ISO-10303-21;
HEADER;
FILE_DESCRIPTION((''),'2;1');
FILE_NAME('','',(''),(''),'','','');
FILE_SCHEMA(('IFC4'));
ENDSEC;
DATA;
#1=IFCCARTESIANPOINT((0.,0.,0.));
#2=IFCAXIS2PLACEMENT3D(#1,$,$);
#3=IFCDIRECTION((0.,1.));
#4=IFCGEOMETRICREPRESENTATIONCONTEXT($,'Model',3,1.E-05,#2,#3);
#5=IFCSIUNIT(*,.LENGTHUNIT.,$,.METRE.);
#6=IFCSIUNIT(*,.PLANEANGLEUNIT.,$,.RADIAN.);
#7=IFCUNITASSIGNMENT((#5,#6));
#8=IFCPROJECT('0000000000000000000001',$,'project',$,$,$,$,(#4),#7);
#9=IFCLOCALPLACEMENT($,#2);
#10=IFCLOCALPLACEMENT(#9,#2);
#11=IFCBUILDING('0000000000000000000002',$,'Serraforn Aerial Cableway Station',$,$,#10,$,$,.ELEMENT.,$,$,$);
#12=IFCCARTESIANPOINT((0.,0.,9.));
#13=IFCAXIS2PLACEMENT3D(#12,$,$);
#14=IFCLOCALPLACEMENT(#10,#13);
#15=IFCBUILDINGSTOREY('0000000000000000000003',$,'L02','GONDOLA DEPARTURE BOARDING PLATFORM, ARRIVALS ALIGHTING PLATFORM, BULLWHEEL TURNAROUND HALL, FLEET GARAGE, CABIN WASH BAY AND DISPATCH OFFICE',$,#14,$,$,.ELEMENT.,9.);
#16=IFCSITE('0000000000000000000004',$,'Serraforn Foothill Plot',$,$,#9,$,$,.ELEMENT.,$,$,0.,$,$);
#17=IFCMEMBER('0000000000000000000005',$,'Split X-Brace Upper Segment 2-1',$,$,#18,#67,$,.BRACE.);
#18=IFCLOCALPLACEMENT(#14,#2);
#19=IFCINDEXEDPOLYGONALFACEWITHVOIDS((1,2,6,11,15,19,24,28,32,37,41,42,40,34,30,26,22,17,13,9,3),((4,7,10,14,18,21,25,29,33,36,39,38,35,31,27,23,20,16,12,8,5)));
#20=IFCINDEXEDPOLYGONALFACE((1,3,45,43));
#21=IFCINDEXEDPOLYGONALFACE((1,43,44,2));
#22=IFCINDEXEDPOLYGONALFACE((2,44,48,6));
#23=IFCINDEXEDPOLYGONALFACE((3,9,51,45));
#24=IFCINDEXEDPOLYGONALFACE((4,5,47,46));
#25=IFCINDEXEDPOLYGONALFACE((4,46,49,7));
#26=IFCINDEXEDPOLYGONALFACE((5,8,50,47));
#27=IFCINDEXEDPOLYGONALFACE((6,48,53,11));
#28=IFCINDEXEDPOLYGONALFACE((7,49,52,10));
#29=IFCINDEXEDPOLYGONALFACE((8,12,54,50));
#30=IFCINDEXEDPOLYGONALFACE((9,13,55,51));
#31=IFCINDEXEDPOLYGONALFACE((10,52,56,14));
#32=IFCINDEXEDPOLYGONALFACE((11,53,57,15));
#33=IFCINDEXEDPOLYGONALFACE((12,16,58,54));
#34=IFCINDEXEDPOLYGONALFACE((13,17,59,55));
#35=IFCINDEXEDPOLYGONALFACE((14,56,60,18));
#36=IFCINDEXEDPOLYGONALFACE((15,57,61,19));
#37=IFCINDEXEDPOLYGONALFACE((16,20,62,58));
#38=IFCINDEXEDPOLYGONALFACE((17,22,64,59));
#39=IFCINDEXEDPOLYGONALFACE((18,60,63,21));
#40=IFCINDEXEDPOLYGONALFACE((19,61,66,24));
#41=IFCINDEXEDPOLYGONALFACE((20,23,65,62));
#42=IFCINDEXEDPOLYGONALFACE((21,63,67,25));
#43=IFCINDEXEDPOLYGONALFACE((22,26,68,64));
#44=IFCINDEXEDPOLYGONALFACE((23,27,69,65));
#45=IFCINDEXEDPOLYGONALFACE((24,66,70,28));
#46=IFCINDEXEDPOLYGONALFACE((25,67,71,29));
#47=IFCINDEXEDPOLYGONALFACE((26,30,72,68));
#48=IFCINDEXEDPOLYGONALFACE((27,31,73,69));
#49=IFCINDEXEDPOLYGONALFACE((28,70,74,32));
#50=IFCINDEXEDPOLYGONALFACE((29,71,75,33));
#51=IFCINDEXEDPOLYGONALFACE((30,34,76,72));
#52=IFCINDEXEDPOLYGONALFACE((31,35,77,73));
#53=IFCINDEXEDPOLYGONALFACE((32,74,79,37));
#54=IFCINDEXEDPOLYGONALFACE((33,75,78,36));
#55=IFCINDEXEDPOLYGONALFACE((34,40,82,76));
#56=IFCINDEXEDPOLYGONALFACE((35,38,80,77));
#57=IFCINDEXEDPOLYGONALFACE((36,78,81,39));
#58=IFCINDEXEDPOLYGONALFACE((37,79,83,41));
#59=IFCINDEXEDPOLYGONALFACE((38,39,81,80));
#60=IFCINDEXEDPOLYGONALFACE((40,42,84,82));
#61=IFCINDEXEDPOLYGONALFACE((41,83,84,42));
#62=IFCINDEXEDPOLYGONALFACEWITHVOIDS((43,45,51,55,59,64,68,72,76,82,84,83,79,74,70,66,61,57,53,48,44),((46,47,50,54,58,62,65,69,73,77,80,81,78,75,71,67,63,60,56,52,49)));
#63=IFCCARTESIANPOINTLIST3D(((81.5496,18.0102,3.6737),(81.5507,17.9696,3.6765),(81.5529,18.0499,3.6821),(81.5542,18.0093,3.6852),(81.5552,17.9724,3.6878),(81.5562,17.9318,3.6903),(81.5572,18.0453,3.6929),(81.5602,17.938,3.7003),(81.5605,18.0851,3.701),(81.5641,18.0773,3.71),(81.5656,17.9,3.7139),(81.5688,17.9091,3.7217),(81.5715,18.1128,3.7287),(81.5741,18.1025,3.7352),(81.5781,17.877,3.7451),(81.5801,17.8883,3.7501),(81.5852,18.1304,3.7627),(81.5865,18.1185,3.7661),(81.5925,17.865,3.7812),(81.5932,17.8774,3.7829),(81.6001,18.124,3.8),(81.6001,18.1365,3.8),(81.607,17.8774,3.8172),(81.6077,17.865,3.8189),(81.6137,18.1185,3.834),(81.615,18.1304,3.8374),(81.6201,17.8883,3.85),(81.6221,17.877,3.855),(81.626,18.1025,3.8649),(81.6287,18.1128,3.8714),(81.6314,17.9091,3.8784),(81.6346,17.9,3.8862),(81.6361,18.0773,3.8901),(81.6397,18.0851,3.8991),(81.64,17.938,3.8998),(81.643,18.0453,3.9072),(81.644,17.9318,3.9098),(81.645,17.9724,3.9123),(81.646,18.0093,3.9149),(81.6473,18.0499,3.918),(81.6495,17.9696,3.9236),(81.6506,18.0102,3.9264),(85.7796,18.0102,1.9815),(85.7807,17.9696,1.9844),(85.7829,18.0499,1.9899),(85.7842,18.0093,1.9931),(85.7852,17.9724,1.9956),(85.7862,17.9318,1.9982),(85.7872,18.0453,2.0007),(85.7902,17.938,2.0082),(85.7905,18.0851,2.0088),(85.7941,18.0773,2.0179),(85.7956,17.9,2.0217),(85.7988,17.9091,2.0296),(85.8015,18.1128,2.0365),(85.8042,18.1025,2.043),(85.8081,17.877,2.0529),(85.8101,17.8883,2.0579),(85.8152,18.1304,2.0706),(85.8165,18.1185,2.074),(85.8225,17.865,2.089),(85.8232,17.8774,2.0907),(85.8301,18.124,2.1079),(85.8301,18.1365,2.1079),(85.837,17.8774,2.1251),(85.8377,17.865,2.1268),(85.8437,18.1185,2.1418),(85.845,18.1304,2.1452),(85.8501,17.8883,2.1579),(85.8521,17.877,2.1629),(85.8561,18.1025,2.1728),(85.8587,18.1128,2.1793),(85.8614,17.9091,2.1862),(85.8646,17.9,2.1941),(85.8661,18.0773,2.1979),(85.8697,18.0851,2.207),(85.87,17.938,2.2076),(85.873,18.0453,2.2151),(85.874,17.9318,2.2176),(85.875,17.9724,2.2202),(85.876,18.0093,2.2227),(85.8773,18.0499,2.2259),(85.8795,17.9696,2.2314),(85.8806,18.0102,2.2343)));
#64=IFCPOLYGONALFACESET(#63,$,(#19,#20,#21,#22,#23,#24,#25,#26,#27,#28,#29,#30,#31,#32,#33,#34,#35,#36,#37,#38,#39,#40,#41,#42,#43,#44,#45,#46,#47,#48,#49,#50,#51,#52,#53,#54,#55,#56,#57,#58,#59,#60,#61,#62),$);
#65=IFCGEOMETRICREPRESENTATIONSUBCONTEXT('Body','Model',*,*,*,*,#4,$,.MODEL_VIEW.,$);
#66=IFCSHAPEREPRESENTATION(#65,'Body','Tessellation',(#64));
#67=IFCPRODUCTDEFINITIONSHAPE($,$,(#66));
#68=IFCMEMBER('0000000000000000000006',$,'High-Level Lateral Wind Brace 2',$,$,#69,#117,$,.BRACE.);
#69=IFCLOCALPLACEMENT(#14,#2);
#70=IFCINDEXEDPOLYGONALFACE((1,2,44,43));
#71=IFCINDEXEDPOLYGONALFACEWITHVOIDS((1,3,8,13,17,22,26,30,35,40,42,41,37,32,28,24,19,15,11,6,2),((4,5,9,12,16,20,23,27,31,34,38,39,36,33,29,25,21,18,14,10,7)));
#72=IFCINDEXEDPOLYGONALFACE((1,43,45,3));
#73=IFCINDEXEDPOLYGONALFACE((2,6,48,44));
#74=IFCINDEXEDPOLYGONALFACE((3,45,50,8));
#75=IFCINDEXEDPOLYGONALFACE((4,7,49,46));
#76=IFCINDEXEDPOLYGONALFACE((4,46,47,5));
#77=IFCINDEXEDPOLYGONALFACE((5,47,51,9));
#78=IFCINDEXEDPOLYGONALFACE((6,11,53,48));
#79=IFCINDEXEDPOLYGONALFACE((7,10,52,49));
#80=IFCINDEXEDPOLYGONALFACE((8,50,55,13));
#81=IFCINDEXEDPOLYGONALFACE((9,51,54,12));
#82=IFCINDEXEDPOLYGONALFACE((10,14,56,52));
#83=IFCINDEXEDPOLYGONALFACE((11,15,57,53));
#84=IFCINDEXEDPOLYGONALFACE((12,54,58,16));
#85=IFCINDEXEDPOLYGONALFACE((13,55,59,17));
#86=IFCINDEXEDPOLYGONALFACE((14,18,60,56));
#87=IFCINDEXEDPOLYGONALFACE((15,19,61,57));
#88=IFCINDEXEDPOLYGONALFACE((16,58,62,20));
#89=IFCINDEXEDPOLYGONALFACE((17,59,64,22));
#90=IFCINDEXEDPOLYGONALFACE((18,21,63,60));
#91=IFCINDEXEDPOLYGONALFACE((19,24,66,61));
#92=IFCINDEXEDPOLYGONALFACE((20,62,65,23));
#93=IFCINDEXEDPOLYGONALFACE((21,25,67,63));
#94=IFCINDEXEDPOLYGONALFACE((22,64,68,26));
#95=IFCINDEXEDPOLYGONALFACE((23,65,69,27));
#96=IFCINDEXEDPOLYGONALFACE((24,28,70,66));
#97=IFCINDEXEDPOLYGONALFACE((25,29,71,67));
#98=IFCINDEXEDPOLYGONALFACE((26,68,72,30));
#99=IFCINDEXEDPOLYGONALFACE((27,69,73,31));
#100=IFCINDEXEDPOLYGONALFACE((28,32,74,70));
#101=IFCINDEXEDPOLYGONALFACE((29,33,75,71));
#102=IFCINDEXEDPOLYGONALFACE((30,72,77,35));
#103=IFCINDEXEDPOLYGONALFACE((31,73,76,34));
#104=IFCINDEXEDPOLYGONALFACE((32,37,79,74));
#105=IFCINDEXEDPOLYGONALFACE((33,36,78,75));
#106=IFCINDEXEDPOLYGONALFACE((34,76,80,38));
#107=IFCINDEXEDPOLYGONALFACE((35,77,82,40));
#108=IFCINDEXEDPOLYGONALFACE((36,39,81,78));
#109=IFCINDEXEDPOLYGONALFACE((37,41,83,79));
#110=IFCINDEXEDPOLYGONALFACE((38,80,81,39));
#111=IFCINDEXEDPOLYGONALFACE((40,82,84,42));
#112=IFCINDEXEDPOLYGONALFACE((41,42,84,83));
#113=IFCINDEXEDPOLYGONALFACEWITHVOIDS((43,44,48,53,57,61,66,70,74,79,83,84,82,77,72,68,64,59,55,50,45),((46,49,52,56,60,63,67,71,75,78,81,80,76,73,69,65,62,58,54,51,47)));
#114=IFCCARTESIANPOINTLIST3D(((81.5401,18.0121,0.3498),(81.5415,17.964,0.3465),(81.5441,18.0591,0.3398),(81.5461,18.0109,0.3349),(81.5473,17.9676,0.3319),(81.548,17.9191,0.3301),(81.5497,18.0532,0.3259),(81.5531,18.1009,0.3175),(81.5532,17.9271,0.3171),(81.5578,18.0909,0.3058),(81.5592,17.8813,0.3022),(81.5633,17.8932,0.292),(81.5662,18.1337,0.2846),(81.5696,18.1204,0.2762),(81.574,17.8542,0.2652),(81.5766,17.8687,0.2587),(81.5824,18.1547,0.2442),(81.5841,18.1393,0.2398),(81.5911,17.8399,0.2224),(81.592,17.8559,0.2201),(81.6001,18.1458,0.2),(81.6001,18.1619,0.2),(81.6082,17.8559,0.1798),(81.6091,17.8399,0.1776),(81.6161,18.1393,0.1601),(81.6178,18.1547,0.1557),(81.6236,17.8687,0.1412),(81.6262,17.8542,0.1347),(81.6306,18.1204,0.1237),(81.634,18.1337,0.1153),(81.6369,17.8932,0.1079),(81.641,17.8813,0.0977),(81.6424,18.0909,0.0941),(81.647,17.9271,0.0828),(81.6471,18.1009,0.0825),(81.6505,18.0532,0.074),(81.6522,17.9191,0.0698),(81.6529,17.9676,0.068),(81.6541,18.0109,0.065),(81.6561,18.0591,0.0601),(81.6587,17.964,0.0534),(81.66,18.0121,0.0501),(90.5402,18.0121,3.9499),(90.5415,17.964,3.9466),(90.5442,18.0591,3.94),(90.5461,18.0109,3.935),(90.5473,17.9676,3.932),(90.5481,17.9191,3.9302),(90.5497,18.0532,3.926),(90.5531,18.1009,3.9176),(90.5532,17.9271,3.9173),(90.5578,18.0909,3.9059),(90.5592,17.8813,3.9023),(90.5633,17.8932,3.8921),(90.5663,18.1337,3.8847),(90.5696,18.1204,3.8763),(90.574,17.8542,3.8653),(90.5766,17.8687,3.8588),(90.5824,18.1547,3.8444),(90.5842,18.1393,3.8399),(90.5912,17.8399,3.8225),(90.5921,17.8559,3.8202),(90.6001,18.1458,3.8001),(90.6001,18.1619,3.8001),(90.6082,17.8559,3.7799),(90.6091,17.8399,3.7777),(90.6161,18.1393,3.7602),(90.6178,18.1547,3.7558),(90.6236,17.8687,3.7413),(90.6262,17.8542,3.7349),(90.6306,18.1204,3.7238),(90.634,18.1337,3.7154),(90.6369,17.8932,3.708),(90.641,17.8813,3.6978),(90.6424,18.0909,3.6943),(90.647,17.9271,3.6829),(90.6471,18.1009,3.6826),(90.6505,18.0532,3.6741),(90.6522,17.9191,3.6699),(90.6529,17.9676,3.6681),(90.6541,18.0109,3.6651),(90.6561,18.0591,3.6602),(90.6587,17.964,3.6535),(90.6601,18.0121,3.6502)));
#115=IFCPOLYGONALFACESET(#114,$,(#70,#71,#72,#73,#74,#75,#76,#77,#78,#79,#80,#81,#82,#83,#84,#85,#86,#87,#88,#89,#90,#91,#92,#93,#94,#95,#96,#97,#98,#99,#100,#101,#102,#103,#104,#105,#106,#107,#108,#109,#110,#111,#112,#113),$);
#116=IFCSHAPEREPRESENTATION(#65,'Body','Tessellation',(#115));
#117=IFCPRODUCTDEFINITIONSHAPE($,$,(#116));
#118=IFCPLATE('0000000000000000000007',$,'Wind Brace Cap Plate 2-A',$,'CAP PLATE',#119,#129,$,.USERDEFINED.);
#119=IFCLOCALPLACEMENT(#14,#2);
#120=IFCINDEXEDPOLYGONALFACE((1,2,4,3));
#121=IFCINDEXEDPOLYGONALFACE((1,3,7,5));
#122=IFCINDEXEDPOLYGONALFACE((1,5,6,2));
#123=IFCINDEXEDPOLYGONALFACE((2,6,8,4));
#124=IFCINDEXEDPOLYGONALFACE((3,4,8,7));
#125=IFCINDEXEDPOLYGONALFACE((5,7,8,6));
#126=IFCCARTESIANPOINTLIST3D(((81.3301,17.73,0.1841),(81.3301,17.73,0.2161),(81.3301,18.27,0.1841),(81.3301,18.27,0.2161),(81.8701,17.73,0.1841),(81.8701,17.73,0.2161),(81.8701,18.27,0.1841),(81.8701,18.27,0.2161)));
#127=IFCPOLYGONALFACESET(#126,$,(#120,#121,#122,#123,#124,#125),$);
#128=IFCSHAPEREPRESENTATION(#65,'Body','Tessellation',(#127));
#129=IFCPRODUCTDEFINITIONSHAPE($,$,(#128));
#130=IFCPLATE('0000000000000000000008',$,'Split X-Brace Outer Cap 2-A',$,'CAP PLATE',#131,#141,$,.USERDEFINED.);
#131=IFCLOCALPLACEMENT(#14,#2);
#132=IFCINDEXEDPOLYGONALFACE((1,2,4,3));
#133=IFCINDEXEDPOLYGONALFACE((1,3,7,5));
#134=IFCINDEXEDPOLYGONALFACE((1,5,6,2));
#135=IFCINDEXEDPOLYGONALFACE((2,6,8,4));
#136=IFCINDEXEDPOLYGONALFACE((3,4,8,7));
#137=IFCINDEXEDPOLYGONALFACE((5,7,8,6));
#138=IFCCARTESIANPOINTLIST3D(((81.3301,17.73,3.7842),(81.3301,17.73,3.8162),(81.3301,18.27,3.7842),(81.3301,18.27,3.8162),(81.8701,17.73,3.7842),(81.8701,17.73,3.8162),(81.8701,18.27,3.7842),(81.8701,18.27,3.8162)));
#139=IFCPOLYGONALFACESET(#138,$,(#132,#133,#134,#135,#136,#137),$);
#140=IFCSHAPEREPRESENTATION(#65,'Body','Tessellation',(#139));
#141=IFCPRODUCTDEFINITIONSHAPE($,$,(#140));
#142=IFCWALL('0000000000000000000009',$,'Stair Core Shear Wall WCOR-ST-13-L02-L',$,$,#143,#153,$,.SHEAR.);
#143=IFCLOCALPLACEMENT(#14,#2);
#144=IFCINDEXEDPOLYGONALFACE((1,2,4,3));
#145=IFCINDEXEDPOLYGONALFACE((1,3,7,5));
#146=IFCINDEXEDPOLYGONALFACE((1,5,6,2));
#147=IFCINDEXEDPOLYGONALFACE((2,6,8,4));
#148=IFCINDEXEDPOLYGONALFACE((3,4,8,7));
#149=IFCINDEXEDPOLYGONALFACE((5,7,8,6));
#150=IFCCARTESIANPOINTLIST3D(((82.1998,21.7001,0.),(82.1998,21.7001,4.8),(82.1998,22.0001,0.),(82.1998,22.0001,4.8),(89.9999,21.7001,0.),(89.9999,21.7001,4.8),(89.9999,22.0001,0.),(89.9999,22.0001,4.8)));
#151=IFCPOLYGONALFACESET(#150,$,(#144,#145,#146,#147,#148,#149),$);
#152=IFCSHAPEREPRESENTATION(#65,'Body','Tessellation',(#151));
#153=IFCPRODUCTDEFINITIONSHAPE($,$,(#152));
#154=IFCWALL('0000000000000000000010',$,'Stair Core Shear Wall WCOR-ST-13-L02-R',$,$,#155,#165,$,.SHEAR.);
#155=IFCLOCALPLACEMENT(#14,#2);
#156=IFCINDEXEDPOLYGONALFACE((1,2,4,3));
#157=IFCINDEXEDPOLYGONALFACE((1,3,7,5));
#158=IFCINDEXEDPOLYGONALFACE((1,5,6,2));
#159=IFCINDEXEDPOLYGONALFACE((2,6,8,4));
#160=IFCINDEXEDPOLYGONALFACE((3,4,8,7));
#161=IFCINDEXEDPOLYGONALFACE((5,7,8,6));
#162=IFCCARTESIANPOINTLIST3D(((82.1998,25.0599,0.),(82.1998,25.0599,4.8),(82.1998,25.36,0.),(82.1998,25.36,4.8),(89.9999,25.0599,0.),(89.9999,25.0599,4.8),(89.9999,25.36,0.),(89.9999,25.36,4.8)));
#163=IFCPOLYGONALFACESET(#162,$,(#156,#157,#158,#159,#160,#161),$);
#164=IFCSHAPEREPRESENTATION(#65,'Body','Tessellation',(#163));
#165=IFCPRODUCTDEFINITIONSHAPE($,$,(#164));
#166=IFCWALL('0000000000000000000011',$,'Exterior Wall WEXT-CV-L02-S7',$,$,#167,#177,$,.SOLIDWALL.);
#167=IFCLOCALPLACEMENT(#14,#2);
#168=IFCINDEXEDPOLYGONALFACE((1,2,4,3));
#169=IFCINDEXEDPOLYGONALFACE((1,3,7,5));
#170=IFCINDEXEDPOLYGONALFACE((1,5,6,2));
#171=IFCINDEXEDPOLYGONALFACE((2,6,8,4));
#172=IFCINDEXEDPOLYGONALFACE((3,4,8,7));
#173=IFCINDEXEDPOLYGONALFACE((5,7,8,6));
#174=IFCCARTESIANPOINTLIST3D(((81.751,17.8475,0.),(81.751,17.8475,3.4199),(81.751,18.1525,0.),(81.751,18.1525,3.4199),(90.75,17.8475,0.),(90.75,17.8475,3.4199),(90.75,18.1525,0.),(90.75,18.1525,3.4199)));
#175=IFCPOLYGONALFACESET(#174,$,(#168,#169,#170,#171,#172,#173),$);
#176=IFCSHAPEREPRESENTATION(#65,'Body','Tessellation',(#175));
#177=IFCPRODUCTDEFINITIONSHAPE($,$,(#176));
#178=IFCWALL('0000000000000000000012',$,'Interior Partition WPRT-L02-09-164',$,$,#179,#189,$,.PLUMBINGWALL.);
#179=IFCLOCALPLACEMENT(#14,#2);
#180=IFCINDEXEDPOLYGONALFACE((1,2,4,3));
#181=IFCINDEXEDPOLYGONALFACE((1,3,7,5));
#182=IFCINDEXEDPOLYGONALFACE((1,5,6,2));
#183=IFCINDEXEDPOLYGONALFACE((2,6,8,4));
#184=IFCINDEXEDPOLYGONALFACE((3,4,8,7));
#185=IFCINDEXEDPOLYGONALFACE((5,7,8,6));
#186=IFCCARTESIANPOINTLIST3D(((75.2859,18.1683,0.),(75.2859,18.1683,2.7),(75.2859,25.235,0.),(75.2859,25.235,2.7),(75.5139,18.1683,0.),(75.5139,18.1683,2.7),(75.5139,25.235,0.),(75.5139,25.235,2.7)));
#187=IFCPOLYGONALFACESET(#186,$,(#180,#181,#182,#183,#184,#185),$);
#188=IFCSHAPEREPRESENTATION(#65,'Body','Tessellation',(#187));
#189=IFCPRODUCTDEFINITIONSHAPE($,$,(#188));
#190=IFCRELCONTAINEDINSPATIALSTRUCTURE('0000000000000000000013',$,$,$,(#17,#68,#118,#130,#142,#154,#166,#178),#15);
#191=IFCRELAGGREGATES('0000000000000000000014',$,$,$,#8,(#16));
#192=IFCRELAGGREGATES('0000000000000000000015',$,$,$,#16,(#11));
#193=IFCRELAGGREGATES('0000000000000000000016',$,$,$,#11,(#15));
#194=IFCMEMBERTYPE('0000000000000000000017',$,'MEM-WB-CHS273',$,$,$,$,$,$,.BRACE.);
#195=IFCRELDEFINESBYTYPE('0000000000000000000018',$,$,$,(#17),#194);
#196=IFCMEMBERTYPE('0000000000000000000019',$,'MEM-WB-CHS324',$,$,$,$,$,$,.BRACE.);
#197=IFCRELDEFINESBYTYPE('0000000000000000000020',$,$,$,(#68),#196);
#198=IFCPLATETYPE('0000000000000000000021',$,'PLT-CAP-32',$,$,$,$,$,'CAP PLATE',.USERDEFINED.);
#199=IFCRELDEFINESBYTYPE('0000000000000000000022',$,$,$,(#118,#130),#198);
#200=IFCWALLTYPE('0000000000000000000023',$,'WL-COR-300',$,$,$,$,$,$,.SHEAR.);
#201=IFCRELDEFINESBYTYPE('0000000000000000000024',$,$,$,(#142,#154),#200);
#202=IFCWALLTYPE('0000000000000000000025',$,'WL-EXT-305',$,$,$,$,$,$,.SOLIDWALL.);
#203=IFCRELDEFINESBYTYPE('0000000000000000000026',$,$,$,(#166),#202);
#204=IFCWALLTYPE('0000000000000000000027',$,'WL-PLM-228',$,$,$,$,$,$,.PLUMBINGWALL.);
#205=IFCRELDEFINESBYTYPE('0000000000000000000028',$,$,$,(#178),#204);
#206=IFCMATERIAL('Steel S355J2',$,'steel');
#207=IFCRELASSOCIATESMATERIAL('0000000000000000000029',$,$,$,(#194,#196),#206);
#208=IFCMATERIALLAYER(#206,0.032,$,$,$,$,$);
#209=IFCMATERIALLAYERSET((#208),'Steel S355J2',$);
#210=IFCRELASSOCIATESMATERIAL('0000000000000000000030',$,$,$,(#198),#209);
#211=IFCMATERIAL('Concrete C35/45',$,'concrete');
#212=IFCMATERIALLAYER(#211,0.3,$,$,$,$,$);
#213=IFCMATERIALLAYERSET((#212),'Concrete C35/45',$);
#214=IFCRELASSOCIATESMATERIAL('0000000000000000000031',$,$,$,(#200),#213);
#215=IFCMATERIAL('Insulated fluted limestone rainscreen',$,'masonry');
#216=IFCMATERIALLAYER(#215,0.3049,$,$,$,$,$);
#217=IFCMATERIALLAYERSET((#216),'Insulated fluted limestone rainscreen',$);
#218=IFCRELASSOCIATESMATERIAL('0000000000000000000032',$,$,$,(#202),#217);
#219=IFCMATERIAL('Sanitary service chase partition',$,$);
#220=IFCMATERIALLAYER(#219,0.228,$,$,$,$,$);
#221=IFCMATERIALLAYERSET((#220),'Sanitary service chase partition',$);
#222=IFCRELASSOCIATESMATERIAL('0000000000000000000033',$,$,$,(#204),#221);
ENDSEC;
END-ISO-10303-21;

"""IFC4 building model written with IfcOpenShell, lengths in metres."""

from ifc_helpers import new_model, si_unit, direction, frame, frame_2d, origin, origin_2d, place, context, subcontext, project, spatial, rectangle, hollow_circle, extrude, material, layer, layer_set, material_profile, profile_set, type_object, element, save


model = new_model("IFC4")

# Units and contexts
model_context = context("Model", 3, precision=1e-05, world=origin(), true_north=direction((0.0, 1.0)))
body_context = subcontext(model_context, "Body", "Model", "MODEL_VIEW")
ifc_project = project(units=[si_unit("LENGTHUNIT", "METRE"), si_unit("PLANEANGLEUNIT", "RADIAN")], contexts=[model_context])

# Site, building, storey
site_placement = place(None, origin())
site = spatial("IfcSite", under=ifc_project, at=site_placement, Name="Serraforn Foothill Plot", CompositionType="ELEMENT", RefElevation=0.0)
building_placement = place(site_placement, origin())
building = spatial("IfcBuilding", under=site, at=building_placement, Name="Serraforn Aerial Cableway Station", CompositionType="ELEMENT")
storey_placement = place(building_placement, frame((0.0, 0.0, 9.0)))
storey = spatial("IfcBuildingStorey", under=building, at=storey_placement, Name="L02", Description="GONDOLA DEPARTURE BOARDING PLATFORM, ARRIVALS ALIGHTING PLATFORM, BULLWHEEL TURNAROUND HALL, FLEET GARAGE, CABIN WASH BAY AND DISPATCH OFFICE", CompositionType="ELEMENT", Elevation=9.0)

# Shared definitions
ifc_material_1 = material(Name="Steel S355J2", Category="steel")

# Shared definitions
ifc_material_2 = material(Name="Concrete C35/45", Category="concrete")

# Members
ifc_material_profile_1 = material_profile(ifc_material_1, hollow_circle(Radius=0.1365, WallThickness=0.0125, at=origin_2d()), Name="CHS 273.0x12.5")
ifc_profile_set_1 = profile_set([ifc_material_profile_1], Name="Steel S355J2")
member_type_1 = type_object("IfcMemberType", Name="MEM-WB-CHS273", PredefinedType="BRACE", material=ifc_profile_set_1)
member_1_placement = place(storey_placement, frame((81.6001, 18.0, 3.8), z_axis=(0.928466, 0.0, -0.371418), x_axis=(0.0, 1.0, 0.0)))
element("IfcMember", 1, at=member_1_placement, inside=storey, type_object=member_type_1, Name="Split X-Brace Upper Segment 2-1", PredefinedType="BRACE", context=body_context, shape_type="SweptSolid", body=[
    extrude(hollow_circle(Radius=0.1365, WallThickness=0.0125, at=origin_2d()), origin(), (0.0, 0.0, 1.0), 4.5559),
])
ifc_material_profile_2 = material_profile(ifc_material_1, hollow_circle(Radius=0.1619, WallThickness=0.0161, at=origin_2d()), Name="CHS 323.9x16.0")
ifc_profile_set_2 = profile_set([ifc_material_profile_2], Name="Steel S355J2")
member_type_2 = type_object("IfcMemberType", Name="MEM-WB-CHS324", PredefinedType="BRACE", material=ifc_profile_set_2)
member_2_placement = place(storey_placement, frame((81.6001, 18.0, 0.2), z_axis=(0.928473, 0.0, 0.371399), x_axis=(0.0, 1.0, 0.0)))
element("IfcMember", 2, at=member_2_placement, inside=storey, type_object=member_type_2, Name="High-Level Lateral Wind Brace 2", PredefinedType="BRACE", context=body_context, shape_type="SweptSolid", body=[
    extrude(hollow_circle(Radius=0.1619, WallThickness=0.0161, at=origin_2d()), origin(), (0.0, 0.0, 1.0), 9.6934),
])

# Plates
ifc_layer_1 = layer(ifc_material_1, 0.032)
ifc_layer_set_1 = layer_set([ifc_layer_1], Name="Steel S355J2")
plate_type = type_object("IfcPlateType", Name="PLT-CAP-32", ElementType="CAP PLATE", PredefinedType="USERDEFINED", material=ifc_layer_set_1)
for number, where, z_axis, x_axis, name in (
    (3, (81.6001, 18.0, 0.1841), (0.0, 0.0, 1.0), (1.0, 0.0, 0.0), "Wind Brace Cap Plate 2-A"),
    (4, (81.6001, 18.0, 3.7842), (0.0, 0.0, 1.0), (1.0, 0.0, 0.0), "Split X-Brace Outer Cap 2-A"),
):
    element("IfcPlate", number, at=place(storey_placement, frame(where, z_axis=z_axis, x_axis=x_axis)), inside=storey, type_object=plate_type, Name=name, ObjectType="CAP PLATE", PredefinedType="USERDEFINED", context=body_context, shape_type="SweptSolid", body=[
        extrude(rectangle(XDim=0.54, YDim=0.54, at=origin_2d()), origin(), (0.0, 0.0, 1.0), 0.032),
    ])

# Walls
ifc_layer_2 = layer(ifc_material_2, 0.3)
ifc_layer_set_2 = layer_set([ifc_layer_2], Name="Concrete C35/45")
wall_type_1 = type_object("IfcWallType", Name="WL-COR-300", PredefinedType="SHEAR", material=ifc_layer_set_2)
for number, where, z_axis, x_axis, name in (
    (5, (82.2, 21.8501, 0.0), (0.0, 0.0, 1.0), (1.0, 0.0, 0.0), "Stair Core Shear Wall WCOR-ST-13-L02-L"),
    (6, (82.2, 25.21, 0.0), (0.0, 0.0, 1.0), (1.0, 0.0, 0.0), "Stair Core Shear Wall WCOR-ST-13-L02-R"),
):
    element("IfcWall", number, at=place(storey_placement, frame(where, z_axis=z_axis, x_axis=x_axis)), inside=storey, type_object=wall_type_1, Name=name, PredefinedType="SHEAR", context=body_context, shape_type="SweptSolid", body=[
        extrude(rectangle(XDim=7.8, YDim=0.3, at=frame_2d((3.8999, 0.0))), origin(), (0.0, 0.0, 1.0), 4.8),
    ])
ifc_material_3 = material(Name="Insulated fluted limestone rainscreen", Category="masonry")
ifc_layer_3 = layer(ifc_material_3, 0.3049)
ifc_layer_set_3 = layer_set([ifc_layer_3], Name="Insulated fluted limestone rainscreen")
wall_type_2 = type_object("IfcWallType", Name="WL-EXT-305", PredefinedType="SOLIDWALL", material=ifc_layer_set_3)
wall_1_placement = place(storey_placement, frame((81.751, 18.0, 0.0), z_axis=(0.0, 0.0, 1.0), x_axis=(1.0, 0.0, 0.0)))
element("IfcWall", 7, at=wall_1_placement, inside=storey, type_object=wall_type_2, Name="Exterior Wall WEXT-CV-L02-S7", PredefinedType="SOLIDWALL", context=body_context, shape_type="SweptSolid", body=[
    extrude(rectangle(XDim=8.999, YDim=0.3049, at=frame_2d((4.4995, 0.0))), origin(), (0.0, 0.0, 1.0), 3.4199),
])
ifc_material_4 = material(Name="Sanitary service chase partition")
ifc_layer_4 = layer(ifc_material_4, 0.228)
ifc_layer_set_4 = layer_set([ifc_layer_4], Name="Sanitary service chase partition")
wall_type_3 = type_object("IfcWallType", Name="WL-PLM-228", PredefinedType="PLUMBINGWALL", material=ifc_layer_set_4)
wall_2_placement = place(storey_placement, frame((75.3999, 18.1685, 0.0), z_axis=(0.0, 0.0, 1.0), x_axis=(0.0, 1.0, 0.0)))
element("IfcWall", 8, at=wall_2_placement, inside=storey, type_object=wall_type_3, Name="Interior Partition WPRT-L02-09-164", PredefinedType="PLUMBINGWALL", context=body_context, shape_type="SweptSolid", body=[
    extrude(rectangle(XDim=7.0667, YDim=0.228, at=frame_2d((3.5332, 0.0))), origin(), (0.0, 0.0, 1.0), 2.7),
])

save(model, "model.ifc")
